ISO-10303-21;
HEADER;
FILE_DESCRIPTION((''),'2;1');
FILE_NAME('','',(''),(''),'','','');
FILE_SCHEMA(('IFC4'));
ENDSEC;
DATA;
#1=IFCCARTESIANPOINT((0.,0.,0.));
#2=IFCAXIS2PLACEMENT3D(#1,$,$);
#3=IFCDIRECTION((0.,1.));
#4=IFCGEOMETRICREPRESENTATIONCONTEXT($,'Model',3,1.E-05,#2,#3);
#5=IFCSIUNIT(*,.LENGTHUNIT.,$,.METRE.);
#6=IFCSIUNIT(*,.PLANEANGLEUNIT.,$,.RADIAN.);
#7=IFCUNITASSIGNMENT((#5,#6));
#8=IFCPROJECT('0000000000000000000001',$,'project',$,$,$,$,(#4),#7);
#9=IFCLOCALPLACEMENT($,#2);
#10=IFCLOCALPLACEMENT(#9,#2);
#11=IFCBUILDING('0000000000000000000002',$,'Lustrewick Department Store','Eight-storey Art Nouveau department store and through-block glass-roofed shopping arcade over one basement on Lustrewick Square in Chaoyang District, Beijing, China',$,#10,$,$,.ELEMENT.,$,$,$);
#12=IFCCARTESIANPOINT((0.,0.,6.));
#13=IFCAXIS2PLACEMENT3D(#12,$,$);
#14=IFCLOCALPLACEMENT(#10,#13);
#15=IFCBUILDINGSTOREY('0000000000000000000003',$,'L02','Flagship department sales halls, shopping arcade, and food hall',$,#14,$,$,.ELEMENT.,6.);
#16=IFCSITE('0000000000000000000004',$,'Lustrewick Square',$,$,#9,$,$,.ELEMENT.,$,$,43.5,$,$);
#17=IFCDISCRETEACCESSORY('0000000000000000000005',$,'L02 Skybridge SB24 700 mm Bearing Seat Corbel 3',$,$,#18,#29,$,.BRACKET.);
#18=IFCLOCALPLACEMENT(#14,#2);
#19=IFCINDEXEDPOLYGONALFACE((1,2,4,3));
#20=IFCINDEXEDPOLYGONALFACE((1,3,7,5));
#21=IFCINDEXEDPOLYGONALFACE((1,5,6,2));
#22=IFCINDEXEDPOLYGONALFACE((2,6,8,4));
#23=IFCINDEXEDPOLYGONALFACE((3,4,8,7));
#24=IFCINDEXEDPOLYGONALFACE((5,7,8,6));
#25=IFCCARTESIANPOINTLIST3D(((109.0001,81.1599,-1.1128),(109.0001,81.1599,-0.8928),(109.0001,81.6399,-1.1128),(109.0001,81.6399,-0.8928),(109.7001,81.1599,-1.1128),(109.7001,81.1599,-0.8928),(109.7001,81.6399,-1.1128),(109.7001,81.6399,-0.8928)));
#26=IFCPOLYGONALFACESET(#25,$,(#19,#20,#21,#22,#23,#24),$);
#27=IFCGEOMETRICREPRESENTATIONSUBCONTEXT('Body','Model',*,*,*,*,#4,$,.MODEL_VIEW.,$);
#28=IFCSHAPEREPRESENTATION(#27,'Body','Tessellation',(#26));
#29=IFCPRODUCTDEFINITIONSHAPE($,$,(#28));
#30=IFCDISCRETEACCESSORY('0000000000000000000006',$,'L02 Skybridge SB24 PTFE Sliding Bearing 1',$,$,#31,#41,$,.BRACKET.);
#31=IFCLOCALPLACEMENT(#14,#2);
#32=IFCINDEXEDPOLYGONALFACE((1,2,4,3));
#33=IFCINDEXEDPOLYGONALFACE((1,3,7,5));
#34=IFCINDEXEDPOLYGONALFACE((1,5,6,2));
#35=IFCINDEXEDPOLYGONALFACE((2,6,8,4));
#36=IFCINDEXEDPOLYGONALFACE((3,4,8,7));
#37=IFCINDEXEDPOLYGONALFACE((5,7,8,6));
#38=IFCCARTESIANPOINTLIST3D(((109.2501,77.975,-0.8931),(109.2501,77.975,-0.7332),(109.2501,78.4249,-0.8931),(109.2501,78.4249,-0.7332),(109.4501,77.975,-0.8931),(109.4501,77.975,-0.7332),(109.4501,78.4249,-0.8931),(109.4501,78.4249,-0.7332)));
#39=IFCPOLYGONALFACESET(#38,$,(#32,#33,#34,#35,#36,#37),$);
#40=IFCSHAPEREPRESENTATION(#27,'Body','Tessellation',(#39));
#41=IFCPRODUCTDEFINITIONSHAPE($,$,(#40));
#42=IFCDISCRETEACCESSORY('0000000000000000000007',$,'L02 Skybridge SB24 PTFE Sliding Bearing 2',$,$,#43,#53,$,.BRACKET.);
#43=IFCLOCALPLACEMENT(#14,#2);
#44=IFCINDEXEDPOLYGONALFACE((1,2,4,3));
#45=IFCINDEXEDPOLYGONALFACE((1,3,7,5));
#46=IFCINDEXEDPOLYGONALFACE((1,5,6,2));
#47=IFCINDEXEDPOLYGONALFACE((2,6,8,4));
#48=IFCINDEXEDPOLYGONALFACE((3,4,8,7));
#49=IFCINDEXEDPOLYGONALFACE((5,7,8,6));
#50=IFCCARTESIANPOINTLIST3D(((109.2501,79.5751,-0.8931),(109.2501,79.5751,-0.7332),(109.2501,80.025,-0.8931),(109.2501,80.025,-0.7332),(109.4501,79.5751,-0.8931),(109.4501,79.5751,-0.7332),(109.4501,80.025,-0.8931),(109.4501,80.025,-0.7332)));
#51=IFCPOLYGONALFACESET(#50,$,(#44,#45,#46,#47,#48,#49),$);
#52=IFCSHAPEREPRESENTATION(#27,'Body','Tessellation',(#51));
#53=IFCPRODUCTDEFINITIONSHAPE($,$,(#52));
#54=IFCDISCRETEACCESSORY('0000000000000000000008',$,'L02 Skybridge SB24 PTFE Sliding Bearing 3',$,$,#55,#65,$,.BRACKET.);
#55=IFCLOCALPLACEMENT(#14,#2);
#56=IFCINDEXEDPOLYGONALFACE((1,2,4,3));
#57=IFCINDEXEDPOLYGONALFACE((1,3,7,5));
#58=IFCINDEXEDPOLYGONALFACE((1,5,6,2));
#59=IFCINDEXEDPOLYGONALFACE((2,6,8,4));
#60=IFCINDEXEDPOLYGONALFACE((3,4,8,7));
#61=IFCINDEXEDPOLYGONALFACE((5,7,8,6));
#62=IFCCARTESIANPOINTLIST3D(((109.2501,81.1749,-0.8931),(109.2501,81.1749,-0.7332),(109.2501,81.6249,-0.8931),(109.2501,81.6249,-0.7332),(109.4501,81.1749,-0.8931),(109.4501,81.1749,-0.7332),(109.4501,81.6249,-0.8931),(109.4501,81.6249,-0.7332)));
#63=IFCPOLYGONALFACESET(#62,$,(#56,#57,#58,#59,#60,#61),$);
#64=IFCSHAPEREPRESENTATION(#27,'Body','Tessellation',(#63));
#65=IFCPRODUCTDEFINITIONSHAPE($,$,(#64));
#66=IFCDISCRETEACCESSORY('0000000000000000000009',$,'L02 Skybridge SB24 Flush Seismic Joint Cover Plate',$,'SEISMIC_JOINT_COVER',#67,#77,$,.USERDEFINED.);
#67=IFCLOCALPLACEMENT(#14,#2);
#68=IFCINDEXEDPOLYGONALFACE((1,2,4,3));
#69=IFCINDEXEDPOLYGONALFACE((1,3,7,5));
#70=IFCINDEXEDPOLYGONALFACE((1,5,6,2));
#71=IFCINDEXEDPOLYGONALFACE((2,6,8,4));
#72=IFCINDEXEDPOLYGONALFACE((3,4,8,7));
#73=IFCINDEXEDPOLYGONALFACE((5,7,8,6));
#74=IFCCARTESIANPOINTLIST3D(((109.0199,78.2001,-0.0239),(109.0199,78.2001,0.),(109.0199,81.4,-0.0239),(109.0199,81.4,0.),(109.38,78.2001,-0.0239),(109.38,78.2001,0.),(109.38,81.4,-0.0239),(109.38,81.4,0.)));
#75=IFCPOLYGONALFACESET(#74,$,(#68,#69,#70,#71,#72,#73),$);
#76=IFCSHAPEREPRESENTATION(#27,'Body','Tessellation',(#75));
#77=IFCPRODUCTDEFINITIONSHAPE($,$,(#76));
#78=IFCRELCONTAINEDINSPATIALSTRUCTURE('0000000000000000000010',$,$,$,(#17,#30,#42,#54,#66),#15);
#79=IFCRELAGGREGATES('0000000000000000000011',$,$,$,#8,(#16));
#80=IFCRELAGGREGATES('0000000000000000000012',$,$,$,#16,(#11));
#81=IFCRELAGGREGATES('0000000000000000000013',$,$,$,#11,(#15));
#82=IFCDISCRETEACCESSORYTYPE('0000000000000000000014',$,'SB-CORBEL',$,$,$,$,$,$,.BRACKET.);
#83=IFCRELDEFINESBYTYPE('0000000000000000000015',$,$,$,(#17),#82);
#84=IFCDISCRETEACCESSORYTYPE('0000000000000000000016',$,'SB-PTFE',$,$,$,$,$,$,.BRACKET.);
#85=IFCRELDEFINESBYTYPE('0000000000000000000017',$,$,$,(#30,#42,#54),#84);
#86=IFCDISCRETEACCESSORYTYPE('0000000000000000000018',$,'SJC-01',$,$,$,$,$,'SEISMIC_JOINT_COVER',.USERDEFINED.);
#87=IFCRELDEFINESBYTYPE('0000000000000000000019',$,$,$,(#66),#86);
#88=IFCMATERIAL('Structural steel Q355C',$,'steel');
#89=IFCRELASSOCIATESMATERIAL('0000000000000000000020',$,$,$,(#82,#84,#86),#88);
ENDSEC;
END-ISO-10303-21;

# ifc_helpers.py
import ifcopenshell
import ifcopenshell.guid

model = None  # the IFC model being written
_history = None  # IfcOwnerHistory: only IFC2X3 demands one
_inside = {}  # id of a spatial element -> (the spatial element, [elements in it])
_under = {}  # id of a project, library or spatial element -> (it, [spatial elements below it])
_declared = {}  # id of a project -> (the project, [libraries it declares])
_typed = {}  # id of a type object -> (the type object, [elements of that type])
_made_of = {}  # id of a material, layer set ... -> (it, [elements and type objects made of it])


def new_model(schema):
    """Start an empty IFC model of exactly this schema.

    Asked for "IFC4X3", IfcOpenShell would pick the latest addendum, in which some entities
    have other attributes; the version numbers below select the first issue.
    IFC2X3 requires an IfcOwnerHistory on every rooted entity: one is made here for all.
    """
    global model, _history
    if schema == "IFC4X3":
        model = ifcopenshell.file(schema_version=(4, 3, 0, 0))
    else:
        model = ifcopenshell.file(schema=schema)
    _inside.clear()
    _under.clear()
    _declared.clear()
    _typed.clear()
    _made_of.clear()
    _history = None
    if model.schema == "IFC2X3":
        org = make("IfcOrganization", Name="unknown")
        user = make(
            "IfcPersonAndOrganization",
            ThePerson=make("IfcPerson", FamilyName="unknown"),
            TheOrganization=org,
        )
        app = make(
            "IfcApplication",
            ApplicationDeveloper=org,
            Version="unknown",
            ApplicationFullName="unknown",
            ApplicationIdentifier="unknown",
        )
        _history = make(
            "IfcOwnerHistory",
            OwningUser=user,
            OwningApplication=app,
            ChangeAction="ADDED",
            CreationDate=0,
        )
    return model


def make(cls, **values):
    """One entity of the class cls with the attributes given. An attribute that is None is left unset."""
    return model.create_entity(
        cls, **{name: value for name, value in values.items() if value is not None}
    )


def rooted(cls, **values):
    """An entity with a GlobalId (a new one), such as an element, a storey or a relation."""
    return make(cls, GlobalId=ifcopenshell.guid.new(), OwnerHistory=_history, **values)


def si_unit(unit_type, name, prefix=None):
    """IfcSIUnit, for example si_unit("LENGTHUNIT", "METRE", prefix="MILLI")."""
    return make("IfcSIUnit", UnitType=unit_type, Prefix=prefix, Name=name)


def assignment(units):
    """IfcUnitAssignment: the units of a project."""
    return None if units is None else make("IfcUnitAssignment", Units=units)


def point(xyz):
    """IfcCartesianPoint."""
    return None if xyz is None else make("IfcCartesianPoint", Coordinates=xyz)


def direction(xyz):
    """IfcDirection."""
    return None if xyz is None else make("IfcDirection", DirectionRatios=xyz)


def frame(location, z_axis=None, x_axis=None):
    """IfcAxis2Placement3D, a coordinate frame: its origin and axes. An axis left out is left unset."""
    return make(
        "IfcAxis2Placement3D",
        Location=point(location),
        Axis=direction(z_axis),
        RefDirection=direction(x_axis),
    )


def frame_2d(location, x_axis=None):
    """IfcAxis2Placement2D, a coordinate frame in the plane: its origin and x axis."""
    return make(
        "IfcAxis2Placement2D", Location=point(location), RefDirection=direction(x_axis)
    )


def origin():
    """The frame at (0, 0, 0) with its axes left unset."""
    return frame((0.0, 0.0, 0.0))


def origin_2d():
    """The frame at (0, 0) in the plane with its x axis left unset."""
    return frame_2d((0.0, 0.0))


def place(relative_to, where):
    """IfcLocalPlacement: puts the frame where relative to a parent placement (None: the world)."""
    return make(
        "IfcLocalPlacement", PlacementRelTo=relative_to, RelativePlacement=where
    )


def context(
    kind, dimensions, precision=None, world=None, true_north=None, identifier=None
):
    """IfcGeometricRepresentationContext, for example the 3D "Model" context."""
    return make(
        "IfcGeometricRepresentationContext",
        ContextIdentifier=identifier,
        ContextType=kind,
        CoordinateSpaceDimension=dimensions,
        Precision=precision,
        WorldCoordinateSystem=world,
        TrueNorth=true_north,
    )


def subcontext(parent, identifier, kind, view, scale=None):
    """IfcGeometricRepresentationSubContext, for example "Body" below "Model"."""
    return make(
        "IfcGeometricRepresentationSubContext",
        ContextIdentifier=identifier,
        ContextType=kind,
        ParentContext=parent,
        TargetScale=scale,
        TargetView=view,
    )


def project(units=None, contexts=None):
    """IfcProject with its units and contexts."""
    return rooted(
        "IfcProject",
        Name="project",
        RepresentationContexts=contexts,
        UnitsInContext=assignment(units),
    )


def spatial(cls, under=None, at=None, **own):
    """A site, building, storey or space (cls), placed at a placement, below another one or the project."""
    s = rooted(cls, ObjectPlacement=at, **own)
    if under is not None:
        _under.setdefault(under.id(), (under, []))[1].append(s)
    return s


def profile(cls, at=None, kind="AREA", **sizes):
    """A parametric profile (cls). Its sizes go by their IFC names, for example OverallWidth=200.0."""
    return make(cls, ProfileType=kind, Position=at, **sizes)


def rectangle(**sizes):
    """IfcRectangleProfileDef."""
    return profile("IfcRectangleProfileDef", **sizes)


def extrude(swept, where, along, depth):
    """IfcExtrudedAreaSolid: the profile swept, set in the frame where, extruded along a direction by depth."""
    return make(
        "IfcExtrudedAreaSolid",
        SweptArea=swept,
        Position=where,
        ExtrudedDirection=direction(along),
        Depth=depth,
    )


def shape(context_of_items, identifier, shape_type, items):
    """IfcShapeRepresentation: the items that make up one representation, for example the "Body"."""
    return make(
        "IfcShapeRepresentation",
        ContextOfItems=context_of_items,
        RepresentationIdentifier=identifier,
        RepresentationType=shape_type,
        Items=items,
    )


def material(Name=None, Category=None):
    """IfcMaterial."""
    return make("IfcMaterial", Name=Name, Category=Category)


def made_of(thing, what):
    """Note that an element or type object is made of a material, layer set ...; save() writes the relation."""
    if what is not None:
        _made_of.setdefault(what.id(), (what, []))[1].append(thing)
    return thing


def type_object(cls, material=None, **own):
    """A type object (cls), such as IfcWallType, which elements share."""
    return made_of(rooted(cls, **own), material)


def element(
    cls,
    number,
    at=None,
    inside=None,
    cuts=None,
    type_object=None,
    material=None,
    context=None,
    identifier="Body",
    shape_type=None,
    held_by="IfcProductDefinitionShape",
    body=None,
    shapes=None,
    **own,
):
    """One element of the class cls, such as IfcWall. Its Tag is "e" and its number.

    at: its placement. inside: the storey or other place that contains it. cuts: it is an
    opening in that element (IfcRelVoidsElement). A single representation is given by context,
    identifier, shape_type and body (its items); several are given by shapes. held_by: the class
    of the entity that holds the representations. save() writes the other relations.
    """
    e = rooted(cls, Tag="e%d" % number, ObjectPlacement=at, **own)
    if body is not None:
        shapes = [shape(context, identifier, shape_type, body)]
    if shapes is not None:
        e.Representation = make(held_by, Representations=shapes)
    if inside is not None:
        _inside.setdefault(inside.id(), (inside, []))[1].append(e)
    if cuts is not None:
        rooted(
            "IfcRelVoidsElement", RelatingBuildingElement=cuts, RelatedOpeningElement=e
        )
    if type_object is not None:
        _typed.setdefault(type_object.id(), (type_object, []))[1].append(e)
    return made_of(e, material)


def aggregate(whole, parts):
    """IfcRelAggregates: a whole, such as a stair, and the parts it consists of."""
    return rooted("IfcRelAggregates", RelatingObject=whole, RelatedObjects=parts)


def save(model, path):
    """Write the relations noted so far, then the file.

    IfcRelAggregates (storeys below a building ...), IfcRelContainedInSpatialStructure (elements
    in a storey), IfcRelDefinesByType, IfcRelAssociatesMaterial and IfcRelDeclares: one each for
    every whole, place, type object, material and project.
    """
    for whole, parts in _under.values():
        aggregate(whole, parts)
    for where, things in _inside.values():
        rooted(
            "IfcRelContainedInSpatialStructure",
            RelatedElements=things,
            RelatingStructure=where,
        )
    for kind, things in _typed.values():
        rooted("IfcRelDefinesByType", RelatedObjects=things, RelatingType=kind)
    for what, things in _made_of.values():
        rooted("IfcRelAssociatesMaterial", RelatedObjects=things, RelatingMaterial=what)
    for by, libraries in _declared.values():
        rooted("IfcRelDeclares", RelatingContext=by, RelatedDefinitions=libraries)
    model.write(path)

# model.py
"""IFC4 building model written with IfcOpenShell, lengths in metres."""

from ifc_helpers import new_model, si_unit, direction, frame, origin, origin_2d, place, context, subcontext, project, spatial, rectangle, extrude, material, type_object, element, save


model = new_model("IFC4")

# Units and contexts
model_context = context("Model", 3, precision=1e-05, world=origin(), true_north=direction((0.0, 1.0)))
body_context = subcontext(model_context, "Body", "Model", "MODEL_VIEW")
ifc_project = project(units=[si_unit("LENGTHUNIT", "METRE"), si_unit("PLANEANGLEUNIT", "RADIAN")], contexts=[model_context])

# Site, building, storey
site_placement = place(None, origin())
site = spatial("IfcSite", under=ifc_project, at=site_placement, Name="Lustrewick Square", CompositionType="ELEMENT", RefElevation=43.5)
building_placement = place(site_placement, origin())
building = spatial("IfcBuilding", under=site, at=building_placement, Name="Lustrewick Department Store", Description="Eight-storey Art Nouveau department store and through-block glass-roofed shopping arcade over one basement on Lustrewick Square in Chaoyang District, Beijing, China", CompositionType="ELEMENT")
storey_placement = place(building_placement, frame((0.0, 0.0, 6.0)))
storey = spatial("IfcBuildingStorey", under=building, at=storey_placement, Name="L02", Description="Flagship department sales halls, shopping arcade, and food hall", CompositionType="ELEMENT", Elevation=6.0)

# Shared definitions
ifc_material_1 = material(Name="Structural steel Q355C", Category="steel")

# Discrete accessories
discrete_accessory_type_1 = type_object("IfcDiscreteAccessoryType", Name="SB-CORBEL", PredefinedType="BRACKET", material=ifc_material_1)
for number, where, z_axis, x_axis, name in (
    (1, (109.3501, 81.3999, -1.1128), (0.0, 0.0, 1.0), (1.0, 0.0, 0.0), "L02 Skybridge SB24 700 mm Bearing Seat Corbel 3"),
):
    element("IfcDiscreteAccessory", number, at=place(storey_placement, frame(where, z_axis=z_axis, x_axis=x_axis)), inside=storey, type_object=discrete_accessory_type_1, Name=name, PredefinedType="BRACKET", context=body_context, shape_type="SweptSolid", body=[
        extrude(rectangle(XDim=0.7, YDim=0.48, at=origin_2d()), origin(), (0.0, 0.0, 1.0), 0.22),
    ])
discrete_accessory_type_2 = type_object("IfcDiscreteAccessoryType", Name="SB-PTFE", PredefinedType="BRACKET", material=ifc_material_1)
for number, where, z_axis, x_axis, name in (
    (2, (109.3501, 78.2, -0.8931), (0.0, 0.0, 1.0), (1.0, 0.0, 0.0), "L02 Skybridge SB24 PTFE Sliding Bearing 1"),
    (3, (109.3501, 79.8, -0.8931), (0.0, 0.0, 1.0), (1.0, 0.0, 0.0), "L02 Skybridge SB24 PTFE Sliding Bearing 2"),
    (4, (109.3501, 81.3999, -0.8931), (0.0, 0.0, 1.0), (1.0, 0.0, 0.0), "L02 Skybridge SB24 PTFE Sliding Bearing 3"),
):
    element("IfcDiscreteAccessory", number, at=place(storey_placement, frame(where, z_axis=z_axis, x_axis=x_axis)), inside=storey, type_object=discrete_accessory_type_2, Name=name, PredefinedType="BRACKET", context=body_context, shape_type="SweptSolid", body=[
        extrude(rectangle(XDim=0.2, YDim=0.45, at=origin_2d()), origin(), (0.0, 0.0, 1.0), 0.1599),
    ])
discrete_accessory_type_3 = type_object("IfcDiscreteAccessoryType", Name="SJC-01", ElementType="SEISMIC_JOINT_COVER", PredefinedType="USERDEFINED", material=ifc_material_1)
discrete_accessory_1_placement = place(storey_placement, frame((109.2, 79.8, -0.0239), z_axis=(0.0, 0.0, 1.0), x_axis=(1.0, 0.0, 0.0)))
element("IfcDiscreteAccessory", 5, at=discrete_accessory_1_placement, inside=storey, type_object=discrete_accessory_type_3, Name="L02 Skybridge SB24 Flush Seismic Joint Cover Plate", ObjectType="SEISMIC_JOINT_COVER", PredefinedType="USERDEFINED", context=body_context, shape_type="SweptSolid", body=[
    extrude(rectangle(XDim=0.3601, YDim=3.2, at=origin_2d()), origin(), (0.0, 0.0, 1.0), 0.0239),
])

save(model, "model.ifc")
